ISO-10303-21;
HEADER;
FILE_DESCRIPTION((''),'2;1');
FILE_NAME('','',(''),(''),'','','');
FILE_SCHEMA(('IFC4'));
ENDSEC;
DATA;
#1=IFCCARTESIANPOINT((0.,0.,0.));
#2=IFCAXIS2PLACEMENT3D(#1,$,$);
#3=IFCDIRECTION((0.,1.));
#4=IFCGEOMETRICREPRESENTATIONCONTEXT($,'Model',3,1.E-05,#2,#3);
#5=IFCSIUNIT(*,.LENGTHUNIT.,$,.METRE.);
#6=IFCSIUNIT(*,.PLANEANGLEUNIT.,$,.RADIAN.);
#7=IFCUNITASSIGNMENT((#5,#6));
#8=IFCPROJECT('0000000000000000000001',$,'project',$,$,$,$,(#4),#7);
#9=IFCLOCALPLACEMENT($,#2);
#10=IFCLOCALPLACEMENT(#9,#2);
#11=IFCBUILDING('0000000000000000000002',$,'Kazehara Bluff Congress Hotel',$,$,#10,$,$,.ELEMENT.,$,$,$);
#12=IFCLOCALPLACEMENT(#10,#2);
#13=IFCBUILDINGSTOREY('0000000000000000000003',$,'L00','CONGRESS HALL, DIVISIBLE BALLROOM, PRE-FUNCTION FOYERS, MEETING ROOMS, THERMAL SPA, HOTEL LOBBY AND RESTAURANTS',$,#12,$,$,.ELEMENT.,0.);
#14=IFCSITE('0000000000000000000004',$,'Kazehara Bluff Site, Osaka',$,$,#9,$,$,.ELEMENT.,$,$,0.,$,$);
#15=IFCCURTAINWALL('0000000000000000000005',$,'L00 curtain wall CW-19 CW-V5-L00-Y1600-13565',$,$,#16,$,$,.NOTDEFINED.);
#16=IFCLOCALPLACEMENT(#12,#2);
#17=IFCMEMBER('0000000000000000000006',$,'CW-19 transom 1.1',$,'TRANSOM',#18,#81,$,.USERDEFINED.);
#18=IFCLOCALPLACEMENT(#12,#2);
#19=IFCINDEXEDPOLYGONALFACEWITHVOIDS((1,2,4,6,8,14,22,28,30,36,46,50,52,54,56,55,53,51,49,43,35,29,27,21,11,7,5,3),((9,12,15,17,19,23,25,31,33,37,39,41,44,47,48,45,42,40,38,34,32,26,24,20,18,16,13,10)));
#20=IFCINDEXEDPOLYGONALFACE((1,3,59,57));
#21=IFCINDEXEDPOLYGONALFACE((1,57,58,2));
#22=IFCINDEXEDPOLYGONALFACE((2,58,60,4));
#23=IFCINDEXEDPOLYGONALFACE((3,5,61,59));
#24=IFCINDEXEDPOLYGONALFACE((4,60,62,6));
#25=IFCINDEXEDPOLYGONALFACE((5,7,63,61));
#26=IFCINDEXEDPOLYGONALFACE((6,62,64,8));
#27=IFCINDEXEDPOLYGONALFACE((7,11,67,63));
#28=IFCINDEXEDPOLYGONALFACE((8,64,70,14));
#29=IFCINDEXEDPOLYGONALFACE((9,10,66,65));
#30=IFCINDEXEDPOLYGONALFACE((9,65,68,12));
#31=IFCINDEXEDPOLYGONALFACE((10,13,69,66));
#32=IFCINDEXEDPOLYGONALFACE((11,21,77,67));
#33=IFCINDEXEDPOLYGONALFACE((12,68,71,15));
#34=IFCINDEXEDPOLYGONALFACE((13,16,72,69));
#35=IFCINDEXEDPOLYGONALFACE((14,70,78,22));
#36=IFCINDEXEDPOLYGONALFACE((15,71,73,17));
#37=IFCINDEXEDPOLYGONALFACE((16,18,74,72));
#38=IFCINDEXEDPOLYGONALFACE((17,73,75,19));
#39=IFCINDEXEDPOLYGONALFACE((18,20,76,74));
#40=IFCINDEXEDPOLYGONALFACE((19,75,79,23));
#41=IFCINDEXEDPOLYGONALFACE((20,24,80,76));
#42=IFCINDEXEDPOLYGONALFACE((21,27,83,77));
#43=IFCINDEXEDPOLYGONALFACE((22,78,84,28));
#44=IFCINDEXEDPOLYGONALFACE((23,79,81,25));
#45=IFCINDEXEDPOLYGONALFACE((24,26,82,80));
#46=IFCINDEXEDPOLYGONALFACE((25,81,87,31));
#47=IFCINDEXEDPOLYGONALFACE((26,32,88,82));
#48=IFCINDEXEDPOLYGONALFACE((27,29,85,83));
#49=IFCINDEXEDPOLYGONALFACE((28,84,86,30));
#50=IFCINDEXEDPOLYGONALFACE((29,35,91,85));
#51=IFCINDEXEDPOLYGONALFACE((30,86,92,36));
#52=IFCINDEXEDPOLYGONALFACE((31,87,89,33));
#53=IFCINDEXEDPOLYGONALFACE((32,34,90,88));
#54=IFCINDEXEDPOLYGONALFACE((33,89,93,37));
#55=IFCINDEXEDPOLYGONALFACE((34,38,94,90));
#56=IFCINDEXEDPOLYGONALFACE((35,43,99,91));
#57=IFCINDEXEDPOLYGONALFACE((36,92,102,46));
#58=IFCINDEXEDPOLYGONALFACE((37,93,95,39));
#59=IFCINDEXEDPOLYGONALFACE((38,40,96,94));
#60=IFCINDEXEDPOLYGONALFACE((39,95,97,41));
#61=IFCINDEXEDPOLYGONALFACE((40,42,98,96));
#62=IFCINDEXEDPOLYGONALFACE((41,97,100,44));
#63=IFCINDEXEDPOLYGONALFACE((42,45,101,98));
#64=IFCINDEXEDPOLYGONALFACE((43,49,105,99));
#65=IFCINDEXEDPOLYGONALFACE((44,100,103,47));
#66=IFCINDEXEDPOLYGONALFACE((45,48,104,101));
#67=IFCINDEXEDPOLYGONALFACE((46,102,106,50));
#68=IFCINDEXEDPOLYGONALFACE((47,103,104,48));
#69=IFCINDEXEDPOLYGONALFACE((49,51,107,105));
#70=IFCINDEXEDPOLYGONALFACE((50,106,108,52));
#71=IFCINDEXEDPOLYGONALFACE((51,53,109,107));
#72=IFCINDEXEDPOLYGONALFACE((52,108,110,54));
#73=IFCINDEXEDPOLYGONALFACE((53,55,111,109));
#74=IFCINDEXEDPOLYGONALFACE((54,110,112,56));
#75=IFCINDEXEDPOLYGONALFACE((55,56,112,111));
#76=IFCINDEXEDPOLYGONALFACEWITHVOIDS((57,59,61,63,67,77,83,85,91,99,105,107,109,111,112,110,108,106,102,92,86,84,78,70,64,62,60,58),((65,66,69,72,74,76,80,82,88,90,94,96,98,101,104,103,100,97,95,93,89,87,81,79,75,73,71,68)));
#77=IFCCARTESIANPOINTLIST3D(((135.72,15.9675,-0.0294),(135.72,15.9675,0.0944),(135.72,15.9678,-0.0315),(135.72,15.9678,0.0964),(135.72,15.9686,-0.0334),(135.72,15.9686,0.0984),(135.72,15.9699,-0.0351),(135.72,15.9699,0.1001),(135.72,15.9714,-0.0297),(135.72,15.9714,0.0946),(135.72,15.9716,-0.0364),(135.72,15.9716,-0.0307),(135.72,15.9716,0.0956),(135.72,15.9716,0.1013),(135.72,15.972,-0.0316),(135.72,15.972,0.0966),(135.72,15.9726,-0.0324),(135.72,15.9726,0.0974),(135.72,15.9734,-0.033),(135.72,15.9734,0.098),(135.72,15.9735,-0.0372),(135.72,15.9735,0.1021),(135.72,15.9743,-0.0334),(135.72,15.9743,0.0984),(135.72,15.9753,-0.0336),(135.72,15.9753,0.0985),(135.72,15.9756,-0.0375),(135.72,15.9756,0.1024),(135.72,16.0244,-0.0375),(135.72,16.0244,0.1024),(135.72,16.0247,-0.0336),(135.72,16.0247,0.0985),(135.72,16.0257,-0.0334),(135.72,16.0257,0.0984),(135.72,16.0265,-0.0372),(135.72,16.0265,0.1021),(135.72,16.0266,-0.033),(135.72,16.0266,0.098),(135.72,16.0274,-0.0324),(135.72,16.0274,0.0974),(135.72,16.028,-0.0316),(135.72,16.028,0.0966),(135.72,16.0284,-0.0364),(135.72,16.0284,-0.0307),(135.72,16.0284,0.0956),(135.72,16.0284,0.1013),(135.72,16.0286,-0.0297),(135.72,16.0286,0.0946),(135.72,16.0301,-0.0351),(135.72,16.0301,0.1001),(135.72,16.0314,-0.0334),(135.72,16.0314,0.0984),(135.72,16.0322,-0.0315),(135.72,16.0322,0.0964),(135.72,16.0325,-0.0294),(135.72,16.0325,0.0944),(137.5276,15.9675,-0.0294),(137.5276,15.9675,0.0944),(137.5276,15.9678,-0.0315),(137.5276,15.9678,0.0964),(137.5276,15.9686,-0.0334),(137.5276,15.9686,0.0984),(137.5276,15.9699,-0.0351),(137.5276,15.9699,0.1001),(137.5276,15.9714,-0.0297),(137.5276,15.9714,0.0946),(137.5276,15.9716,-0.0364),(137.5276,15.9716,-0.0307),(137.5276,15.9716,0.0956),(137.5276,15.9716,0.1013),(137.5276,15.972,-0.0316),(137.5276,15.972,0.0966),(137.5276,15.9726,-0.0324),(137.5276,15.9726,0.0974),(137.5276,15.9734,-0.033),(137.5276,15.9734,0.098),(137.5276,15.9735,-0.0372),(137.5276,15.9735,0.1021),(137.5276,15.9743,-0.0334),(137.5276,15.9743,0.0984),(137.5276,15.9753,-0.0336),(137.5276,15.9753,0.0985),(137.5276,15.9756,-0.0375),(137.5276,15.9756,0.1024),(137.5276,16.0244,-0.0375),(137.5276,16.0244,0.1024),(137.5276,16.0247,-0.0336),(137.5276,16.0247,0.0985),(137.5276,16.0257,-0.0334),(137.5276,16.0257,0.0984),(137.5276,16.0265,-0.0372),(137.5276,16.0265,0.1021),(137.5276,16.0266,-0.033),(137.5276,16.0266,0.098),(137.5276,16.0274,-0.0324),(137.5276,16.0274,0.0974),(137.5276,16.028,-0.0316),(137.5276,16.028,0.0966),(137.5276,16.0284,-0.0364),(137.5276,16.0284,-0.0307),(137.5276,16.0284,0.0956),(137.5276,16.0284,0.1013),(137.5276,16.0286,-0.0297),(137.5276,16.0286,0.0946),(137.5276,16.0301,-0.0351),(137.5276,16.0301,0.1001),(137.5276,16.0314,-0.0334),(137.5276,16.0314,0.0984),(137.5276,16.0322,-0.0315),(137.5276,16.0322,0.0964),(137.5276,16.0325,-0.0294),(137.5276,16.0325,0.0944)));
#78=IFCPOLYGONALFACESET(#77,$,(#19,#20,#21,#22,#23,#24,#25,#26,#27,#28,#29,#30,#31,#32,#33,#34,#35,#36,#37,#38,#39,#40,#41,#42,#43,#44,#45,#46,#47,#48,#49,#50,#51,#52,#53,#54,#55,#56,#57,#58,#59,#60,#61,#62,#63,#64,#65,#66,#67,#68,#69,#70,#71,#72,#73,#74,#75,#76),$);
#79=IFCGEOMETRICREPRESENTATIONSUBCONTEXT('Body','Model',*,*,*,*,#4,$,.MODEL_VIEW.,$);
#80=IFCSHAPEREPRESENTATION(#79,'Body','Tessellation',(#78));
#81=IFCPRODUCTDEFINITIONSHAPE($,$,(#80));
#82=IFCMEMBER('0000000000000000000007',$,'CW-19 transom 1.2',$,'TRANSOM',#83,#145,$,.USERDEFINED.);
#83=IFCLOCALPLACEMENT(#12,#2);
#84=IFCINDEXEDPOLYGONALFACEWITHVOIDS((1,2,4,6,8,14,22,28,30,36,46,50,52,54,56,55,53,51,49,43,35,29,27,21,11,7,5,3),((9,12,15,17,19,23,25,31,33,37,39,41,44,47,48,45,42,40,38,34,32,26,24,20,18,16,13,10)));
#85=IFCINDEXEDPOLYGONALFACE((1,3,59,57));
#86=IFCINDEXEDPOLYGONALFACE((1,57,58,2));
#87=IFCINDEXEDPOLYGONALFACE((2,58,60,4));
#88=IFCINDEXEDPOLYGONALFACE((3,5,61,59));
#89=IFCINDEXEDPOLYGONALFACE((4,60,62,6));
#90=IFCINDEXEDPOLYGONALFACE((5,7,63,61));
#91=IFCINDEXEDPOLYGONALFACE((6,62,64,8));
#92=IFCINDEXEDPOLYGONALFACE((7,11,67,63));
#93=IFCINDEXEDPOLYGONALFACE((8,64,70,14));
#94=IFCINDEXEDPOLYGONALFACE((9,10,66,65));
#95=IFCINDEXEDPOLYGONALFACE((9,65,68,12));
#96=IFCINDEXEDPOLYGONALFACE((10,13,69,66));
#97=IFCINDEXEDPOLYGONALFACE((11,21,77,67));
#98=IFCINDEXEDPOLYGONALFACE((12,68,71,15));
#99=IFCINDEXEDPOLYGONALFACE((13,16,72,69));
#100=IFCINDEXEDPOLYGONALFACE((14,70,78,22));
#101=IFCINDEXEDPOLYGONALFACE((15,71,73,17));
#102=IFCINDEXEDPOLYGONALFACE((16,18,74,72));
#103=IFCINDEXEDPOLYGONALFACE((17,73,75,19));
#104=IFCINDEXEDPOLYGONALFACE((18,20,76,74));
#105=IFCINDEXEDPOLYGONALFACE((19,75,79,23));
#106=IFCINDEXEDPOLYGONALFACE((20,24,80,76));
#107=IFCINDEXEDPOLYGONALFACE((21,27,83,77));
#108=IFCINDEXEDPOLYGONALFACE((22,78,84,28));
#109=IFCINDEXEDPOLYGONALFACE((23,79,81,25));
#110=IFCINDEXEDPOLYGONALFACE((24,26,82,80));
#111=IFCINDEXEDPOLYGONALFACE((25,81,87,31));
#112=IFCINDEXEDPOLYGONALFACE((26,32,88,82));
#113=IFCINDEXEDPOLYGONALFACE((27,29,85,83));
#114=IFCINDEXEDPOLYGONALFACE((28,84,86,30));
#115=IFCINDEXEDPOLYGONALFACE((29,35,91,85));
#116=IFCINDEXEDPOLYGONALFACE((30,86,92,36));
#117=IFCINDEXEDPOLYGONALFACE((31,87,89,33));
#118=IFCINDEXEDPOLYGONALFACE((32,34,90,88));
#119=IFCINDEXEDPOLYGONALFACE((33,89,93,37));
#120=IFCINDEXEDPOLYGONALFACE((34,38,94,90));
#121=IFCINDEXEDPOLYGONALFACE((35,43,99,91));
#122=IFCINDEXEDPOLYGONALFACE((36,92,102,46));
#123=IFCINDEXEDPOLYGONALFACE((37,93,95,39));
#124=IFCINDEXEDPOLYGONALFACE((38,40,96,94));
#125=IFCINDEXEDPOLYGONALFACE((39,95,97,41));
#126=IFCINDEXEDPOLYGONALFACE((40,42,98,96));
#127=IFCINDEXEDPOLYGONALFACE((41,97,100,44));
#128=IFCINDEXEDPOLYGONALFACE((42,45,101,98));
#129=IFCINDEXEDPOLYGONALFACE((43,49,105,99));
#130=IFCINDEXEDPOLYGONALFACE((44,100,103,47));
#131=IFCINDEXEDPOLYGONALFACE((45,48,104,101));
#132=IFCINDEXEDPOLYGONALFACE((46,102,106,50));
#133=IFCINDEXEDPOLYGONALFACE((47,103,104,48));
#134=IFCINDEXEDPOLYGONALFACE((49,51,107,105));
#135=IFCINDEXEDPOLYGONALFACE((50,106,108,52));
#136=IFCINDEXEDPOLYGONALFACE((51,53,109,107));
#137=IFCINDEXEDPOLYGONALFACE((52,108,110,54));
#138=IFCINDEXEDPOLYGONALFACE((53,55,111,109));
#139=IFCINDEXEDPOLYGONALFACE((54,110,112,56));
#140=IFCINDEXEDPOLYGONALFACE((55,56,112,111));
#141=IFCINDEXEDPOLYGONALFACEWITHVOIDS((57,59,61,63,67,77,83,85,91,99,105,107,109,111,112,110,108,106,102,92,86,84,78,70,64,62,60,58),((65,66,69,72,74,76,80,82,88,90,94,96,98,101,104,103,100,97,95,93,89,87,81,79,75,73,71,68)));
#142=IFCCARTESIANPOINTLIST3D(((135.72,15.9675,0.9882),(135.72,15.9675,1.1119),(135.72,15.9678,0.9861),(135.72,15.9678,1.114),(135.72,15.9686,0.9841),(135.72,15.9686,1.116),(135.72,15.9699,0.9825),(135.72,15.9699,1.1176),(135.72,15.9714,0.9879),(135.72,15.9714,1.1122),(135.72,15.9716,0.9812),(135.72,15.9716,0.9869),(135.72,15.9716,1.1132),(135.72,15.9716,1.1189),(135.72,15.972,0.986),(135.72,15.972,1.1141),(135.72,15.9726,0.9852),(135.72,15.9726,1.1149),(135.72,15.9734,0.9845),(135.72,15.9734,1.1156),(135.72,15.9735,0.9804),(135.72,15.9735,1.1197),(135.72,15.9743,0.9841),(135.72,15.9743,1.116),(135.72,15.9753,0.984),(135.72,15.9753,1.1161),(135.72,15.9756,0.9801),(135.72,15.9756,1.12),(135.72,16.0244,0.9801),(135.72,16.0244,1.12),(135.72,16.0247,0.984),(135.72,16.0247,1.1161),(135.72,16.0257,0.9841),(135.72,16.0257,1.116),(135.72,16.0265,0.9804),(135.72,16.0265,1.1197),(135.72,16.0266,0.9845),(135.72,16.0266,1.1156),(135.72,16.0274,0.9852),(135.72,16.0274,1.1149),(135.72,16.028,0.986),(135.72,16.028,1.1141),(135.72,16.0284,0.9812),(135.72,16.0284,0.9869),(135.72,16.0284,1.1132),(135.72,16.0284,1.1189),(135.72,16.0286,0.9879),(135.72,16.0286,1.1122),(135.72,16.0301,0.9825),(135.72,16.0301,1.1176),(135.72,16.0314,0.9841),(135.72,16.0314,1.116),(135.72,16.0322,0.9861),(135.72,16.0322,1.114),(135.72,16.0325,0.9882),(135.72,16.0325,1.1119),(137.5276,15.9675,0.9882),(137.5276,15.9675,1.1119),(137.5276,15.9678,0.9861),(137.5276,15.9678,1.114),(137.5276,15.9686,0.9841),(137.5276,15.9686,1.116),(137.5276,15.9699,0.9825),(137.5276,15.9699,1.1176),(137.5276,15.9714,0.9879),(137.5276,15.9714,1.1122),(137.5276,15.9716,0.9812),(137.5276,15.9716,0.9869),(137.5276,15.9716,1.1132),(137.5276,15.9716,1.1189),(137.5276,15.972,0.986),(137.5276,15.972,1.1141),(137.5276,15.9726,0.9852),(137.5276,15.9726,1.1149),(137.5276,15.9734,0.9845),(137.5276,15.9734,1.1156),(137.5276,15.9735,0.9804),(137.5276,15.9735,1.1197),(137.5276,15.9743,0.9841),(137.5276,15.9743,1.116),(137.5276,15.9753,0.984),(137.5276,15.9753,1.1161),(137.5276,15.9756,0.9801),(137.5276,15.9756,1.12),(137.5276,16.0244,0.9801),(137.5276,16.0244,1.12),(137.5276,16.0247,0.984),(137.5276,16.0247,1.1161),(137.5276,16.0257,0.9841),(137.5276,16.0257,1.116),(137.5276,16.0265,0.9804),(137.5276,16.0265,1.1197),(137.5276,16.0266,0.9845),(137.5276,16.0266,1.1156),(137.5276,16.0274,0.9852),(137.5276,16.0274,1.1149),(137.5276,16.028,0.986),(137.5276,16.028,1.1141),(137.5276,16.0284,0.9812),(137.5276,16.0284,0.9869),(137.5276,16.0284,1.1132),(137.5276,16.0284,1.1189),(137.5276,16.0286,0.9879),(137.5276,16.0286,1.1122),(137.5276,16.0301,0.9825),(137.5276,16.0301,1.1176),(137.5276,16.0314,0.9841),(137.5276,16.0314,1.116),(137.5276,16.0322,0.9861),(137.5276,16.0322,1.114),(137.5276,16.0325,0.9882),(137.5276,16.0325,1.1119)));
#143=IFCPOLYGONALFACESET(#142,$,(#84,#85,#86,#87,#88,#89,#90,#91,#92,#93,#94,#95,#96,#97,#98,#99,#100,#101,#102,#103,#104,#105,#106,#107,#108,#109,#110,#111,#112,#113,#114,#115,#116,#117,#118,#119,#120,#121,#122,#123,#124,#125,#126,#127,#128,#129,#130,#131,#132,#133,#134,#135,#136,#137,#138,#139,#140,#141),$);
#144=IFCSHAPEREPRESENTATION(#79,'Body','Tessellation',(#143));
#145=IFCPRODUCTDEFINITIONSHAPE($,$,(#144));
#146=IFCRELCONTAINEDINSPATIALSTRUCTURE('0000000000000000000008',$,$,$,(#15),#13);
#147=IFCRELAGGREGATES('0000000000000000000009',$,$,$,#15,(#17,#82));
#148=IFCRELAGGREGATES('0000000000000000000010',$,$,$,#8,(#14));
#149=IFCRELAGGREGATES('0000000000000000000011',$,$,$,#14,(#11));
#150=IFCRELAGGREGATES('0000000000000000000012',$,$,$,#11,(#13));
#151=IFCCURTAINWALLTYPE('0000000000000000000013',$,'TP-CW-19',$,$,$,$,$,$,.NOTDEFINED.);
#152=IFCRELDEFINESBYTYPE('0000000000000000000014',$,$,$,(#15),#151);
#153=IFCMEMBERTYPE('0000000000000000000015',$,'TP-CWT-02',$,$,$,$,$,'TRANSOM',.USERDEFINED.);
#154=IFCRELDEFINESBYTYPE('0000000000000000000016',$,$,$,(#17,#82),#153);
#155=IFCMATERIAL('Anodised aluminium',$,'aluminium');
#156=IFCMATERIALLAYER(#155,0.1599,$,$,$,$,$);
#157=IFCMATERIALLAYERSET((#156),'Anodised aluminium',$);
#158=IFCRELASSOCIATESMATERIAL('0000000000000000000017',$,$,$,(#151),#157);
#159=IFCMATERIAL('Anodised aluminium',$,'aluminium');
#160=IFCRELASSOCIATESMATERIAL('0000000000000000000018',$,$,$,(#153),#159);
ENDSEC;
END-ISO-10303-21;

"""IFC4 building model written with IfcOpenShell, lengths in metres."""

from ifc_helpers import new_model, si_unit, direction, frame, origin, origin_2d, place, context, subcontext, project, spatial, hollow_rectangle, extrude, material, layer, layer_set, material_profile, profile_set, type_object, element, aggregate, save


model = new_model("IFC4")

# Units and contexts
model_context = context("Model", 3, precision=1e-05, world=origin(), true_north=direction((0.0, 1.0)))
body_context = subcontext(model_context, "Body", "Model", "MODEL_VIEW")
ifc_project = project(units=[si_unit("LENGTHUNIT", "METRE"), si_unit("PLANEANGLEUNIT", "RADIAN")], contexts=[model_context])

# Site, building, storey
site_placement = place(None, origin())
site = spatial("IfcSite", under=ifc_project, at=site_placement, Name="Kazehara Bluff Site, Osaka", CompositionType="ELEMENT", RefElevation=0.0)
building_placement = place(site_placement, origin())
building = spatial("IfcBuilding", under=site, at=building_placement, Name="Kazehara Bluff Congress Hotel", CompositionType="ELEMENT")
storey_placement = place(building_placement, origin())
storey = spatial("IfcBuildingStorey", under=building, at=storey_placement, Name="L00", Description="CONGRESS HALL, DIVISIBLE BALLROOM, PRE-FUNCTION FOYERS, MEETING ROOMS, THERMAL SPA, HOTEL LOBBY AND RESTAURANTS", CompositionType="ELEMENT", Elevation=0.0)

# Curtain wall
ifc_material_1 = material(Name="Anodised aluminium", Category="aluminium")
ifc_layer_1 = layer(ifc_material_1, 0.1599)
ifc_layer_set_1 = layer_set([ifc_layer_1], Name="Anodised aluminium")
curtain_wall_type_1 = type_object("IfcCurtainWallType", Name="TP-CW-19", PredefinedType="NOTDEFINED", material=ifc_layer_set_1)
curtain_wall_1_placement = place(storey_placement, origin())
curtain_wall_1 = element("IfcCurtainWall", 1, at=curtain_wall_1_placement, inside=storey, type_object=curtain_wall_type_1, Name="L00 curtain wall CW-19 CW-V5-L00-Y1600-13565", PredefinedType="NOTDEFINED")

# Members
ifc_material_2 = material(Name="Anodised aluminium", Category="aluminium")
ifc_material_profile_1 = material_profile(ifc_material_2, hollow_rectangle(XDim=0.0649, YDim=0.1399, WallThickness=0.0039, InnerFilletRadius=0.0039, OuterFilletRadius=0.0081, at=origin_2d()))
ifc_profile_set_1 = profile_set([ifc_material_profile_1], Name="Anodised aluminium")
member_type_1 = type_object("IfcMemberType", Name="TP-CWT-02", ElementType="TRANSOM", PredefinedType="USERDEFINED", material=ifc_profile_set_1)
member_1_placement = place(storey_placement, frame((135.72, 16.0, 0.0325), z_axis=(1.0, 0.0, 0.0), x_axis=(0.0, 1.0, 0.0)))
member_1 = element("IfcMember", 2, at=member_1_placement, type_object=member_type_1, Name="CW-19 transom 1.1", ObjectType="TRANSOM", PredefinedType="USERDEFINED", context=body_context, shape_type="SweptSolid", body=[
    extrude(hollow_rectangle(XDim=0.0649, YDim=0.1399, WallThickness=0.0039, InnerFilletRadius=0.0039, OuterFilletRadius=0.0081, at=origin_2d()), origin(), (0.0, 0.0, 1.0), 1.8076),
])
member_2_placement = place(storey_placement, frame((135.72, 16.0, 1.05), z_axis=(1.0, 0.0, 0.0), x_axis=(0.0, 1.0, 0.0)))
member_2 = element("IfcMember", 3, at=member_2_placement, type_object=member_type_1, Name="CW-19 transom 1.2", ObjectType="TRANSOM", PredefinedType="USERDEFINED", context=body_context, shape_type="SweptSolid", body=[
    extrude(hollow_rectangle(XDim=0.0649, YDim=0.1399, WallThickness=0.0039, InnerFilletRadius=0.0039, OuterFilletRadius=0.0081, at=origin_2d()), origin(), (0.0, 0.0, 1.0), 1.8076),
])

aggregate(curtain_wall_1, [member_1, member_2])

save(model, "model.ifc")
